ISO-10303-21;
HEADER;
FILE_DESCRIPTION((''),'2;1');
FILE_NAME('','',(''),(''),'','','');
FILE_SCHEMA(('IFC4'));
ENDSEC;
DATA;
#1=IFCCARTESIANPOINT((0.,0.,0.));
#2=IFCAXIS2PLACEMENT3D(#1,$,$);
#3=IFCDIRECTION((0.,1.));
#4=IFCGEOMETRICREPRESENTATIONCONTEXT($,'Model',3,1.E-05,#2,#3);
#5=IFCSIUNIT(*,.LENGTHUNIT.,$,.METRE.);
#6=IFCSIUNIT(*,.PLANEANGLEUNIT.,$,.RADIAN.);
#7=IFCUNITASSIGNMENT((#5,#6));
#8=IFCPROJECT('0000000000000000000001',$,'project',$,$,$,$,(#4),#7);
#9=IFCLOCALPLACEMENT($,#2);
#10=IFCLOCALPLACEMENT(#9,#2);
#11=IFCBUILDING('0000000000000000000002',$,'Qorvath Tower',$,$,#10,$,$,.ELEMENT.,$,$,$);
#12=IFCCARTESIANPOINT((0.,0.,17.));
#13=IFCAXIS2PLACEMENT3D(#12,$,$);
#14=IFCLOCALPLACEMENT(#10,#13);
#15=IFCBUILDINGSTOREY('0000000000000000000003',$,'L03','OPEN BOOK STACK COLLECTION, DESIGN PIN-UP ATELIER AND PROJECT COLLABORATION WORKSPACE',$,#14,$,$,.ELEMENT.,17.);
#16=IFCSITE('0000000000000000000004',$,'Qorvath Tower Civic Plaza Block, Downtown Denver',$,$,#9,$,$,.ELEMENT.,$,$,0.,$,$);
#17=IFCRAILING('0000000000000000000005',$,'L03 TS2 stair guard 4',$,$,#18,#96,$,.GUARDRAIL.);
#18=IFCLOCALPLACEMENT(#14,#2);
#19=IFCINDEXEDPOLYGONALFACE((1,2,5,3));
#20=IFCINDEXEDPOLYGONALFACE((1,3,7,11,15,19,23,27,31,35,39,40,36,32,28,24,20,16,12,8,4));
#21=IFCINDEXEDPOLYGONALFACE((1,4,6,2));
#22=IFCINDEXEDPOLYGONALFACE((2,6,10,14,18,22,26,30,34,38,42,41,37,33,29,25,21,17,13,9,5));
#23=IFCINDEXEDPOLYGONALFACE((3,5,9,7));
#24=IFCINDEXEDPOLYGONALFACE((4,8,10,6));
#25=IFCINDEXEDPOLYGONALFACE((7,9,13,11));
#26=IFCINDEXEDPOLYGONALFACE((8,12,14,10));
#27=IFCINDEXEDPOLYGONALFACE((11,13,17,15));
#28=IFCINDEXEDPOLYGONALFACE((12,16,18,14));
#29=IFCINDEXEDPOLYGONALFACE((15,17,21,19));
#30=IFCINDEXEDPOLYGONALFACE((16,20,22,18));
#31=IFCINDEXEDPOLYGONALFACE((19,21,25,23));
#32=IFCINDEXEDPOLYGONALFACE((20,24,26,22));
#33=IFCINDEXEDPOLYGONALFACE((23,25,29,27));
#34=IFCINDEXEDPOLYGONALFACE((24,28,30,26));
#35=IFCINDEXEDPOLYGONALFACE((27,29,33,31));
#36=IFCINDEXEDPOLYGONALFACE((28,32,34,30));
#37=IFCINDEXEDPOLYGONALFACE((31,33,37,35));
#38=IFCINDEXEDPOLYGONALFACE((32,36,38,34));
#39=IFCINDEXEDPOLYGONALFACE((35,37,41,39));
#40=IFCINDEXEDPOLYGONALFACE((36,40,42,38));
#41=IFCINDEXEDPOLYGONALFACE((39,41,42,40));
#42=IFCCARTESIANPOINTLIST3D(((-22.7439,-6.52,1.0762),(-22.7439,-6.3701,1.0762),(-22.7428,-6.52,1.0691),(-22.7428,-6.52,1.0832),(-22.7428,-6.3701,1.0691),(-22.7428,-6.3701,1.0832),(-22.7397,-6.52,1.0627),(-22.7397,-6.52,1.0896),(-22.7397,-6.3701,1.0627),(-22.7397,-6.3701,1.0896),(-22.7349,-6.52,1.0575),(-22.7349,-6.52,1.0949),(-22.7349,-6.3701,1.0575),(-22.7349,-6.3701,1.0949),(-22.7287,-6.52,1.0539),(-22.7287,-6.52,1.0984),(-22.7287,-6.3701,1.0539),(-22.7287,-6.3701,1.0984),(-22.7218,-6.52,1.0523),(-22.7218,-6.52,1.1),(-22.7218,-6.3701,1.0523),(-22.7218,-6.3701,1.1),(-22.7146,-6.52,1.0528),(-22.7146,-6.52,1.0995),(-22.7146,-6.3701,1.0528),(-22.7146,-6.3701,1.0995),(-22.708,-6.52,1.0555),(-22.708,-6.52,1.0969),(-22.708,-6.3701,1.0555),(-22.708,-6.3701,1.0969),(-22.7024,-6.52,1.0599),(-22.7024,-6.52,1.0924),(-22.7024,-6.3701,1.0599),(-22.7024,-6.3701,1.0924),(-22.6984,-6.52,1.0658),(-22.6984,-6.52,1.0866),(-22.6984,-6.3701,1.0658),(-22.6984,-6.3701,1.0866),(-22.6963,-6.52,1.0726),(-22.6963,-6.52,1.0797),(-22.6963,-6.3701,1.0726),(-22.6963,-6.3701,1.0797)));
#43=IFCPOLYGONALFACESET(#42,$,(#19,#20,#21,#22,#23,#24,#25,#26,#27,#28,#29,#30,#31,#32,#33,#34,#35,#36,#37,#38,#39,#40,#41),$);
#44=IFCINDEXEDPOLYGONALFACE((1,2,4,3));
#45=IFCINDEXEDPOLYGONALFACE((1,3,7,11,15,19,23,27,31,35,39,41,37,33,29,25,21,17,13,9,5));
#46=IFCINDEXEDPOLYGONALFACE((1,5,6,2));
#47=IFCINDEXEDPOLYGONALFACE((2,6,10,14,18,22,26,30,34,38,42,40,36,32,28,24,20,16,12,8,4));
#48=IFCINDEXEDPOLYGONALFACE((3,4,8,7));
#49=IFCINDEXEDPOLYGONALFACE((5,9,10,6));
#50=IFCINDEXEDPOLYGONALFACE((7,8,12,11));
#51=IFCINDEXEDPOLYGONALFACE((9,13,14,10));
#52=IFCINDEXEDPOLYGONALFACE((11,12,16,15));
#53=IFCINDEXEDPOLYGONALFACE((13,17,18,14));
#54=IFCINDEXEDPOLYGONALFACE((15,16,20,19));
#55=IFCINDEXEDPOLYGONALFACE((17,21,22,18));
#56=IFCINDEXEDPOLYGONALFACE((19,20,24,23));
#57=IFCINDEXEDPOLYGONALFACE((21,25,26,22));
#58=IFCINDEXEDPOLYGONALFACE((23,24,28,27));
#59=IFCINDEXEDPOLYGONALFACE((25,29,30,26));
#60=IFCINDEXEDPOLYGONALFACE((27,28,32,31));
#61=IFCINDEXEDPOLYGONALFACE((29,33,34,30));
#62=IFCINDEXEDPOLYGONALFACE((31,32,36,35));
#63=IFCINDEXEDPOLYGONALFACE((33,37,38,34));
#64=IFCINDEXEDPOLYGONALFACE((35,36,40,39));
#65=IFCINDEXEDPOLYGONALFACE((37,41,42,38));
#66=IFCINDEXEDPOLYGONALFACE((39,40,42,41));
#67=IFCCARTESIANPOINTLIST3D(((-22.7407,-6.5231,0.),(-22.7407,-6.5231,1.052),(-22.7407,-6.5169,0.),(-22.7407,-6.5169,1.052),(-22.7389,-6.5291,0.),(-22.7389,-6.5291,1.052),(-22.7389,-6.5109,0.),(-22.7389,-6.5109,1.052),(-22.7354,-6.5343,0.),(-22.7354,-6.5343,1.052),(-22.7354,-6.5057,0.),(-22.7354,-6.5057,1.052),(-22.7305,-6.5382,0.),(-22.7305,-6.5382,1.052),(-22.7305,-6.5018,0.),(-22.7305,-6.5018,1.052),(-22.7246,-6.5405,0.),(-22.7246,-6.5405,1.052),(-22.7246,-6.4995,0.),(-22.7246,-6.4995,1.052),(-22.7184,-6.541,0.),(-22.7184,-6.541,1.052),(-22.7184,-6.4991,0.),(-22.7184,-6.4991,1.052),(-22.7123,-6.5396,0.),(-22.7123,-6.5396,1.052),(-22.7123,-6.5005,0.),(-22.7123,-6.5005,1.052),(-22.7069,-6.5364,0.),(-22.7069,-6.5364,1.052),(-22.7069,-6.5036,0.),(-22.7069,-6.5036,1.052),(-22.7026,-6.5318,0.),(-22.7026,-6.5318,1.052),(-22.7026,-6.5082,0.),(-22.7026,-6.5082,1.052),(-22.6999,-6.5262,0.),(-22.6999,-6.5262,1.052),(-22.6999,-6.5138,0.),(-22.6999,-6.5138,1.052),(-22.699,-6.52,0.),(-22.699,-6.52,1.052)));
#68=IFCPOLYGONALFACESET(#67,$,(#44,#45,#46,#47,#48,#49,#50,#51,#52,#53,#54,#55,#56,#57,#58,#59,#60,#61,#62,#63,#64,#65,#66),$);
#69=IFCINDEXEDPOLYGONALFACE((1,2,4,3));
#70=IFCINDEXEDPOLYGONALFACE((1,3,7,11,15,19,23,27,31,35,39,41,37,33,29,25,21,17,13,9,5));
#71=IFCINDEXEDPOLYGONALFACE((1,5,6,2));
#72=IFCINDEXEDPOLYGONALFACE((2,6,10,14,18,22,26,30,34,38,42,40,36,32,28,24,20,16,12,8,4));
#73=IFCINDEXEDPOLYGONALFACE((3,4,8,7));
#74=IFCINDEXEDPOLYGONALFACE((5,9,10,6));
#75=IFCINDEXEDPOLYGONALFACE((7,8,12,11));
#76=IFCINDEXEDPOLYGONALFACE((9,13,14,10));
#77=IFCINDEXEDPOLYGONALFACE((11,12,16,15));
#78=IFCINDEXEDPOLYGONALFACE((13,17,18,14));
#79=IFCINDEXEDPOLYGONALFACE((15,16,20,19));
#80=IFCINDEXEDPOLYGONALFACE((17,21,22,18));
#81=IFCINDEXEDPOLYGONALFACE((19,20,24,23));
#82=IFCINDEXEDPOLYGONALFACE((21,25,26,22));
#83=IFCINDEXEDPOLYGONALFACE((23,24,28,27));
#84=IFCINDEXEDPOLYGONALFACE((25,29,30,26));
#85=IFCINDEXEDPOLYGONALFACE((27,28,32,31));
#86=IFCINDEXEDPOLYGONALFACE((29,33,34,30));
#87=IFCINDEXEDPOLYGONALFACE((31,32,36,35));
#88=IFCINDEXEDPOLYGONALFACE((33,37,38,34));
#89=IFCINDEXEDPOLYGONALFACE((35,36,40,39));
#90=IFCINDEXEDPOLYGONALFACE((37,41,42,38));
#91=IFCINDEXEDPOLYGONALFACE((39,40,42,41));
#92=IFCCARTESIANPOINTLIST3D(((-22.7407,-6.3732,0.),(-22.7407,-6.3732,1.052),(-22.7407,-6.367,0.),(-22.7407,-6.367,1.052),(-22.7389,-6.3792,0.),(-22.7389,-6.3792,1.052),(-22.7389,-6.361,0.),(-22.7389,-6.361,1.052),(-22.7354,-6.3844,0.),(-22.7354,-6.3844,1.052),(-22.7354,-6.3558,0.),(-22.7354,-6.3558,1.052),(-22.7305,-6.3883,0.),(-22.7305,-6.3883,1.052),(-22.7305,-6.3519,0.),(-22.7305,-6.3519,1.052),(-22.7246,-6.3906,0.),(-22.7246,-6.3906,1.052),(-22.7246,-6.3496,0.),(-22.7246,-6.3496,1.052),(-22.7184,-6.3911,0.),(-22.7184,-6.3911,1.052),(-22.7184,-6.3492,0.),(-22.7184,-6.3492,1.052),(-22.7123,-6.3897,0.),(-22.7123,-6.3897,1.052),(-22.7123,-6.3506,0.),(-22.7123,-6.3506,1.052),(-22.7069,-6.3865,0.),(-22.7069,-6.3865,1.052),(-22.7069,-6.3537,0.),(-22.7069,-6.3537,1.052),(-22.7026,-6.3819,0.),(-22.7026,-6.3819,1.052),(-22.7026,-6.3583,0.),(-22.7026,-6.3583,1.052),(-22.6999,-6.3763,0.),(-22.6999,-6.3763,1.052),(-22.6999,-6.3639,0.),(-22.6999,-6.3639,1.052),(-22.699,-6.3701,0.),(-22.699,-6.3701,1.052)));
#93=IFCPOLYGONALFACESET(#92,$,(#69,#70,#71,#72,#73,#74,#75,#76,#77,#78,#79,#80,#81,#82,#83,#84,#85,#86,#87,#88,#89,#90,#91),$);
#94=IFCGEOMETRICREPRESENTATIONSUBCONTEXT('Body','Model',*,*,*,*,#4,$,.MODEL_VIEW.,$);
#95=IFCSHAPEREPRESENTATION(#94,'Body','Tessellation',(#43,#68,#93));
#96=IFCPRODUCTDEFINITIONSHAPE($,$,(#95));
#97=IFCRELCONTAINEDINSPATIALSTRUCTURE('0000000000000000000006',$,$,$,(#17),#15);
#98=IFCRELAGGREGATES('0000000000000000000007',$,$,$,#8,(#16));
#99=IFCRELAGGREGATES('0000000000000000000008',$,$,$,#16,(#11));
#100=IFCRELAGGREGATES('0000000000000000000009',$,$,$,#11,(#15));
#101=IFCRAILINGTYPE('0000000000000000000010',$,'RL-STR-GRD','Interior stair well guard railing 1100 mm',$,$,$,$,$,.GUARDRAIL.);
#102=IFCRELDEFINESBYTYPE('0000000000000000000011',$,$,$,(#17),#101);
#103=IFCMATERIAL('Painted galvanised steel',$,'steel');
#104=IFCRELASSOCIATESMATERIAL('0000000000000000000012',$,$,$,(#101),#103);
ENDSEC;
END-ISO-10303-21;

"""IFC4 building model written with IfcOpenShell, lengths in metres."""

from ifc_helpers import new_model, si_unit, direction, frame, origin, origin_2d, place, context, subcontext, project, spatial, circle, extrude, material, type_object, element, save


model = new_model("IFC4")

# Units and contexts
model_context = context("Model", 3, precision=1e-05, world=origin(), true_north=direction((0.0, 1.0)))
body_context = subcontext(model_context, "Body", "Model", "MODEL_VIEW")
ifc_project = project(units=[si_unit("LENGTHUNIT", "METRE"), si_unit("PLANEANGLEUNIT", "RADIAN")], contexts=[model_context])

# Site, building, storey
site_placement = place(None, origin())
site = spatial("IfcSite", under=ifc_project, at=site_placement, Name="Qorvath Tower Civic Plaza Block, Downtown Denver", CompositionType="ELEMENT", RefElevation=0.0)
building_placement = place(site_placement, origin())
building = spatial("IfcBuilding", under=site, at=building_placement, Name="Qorvath Tower", CompositionType="ELEMENT")
storey_placement = place(building_placement, frame((0.0, 0.0, 17.0)))
storey = spatial("IfcBuildingStorey", under=building, at=storey_placement, Name="L03", Description="OPEN BOOK STACK COLLECTION, DESIGN PIN-UP ATELIER AND PROJECT COLLABORATION WORKSPACE", CompositionType="ELEMENT", Elevation=17.0)

# Railing
ifc_material_1 = material(Name="Painted galvanised steel", Category="steel")
railing_type_1 = type_object("IfcRailingType", Name="RL-STR-GRD", Description="Interior stair well guard railing 1100 mm", PredefinedType="GUARDRAIL", material=ifc_material_1)
railing_1_placement = place(storey_placement, frame((-22.72, -6.52, 0.0)))
element("IfcRailing", 1, at=railing_1_placement, inside=storey, type_object=railing_type_1, Name="L03 TS2 stair guard 4", PredefinedType="GUARDRAIL", context=body_context, shape_type="SweptSolid", body=[
    extrude(circle(Radius=0.0239, at=origin_2d()), frame((0.0, 0.0, 1.0762), z_axis=(0.0, 1.0, 0.0), x_axis=(-1.0, 0.0, 0.0)), (0.0, 0.0, 1.0), 0.1499),
    extrude(circle(Radius=0.021, at=origin_2d()), origin(), (0.0, 0.0, 1.0), 1.052),
    extrude(circle(Radius=0.021, at=origin_2d()), frame((0.0, 0.1499, 0.0)), (0.0, 0.0, 1.0), 1.052),
])

save(model, "model.ifc")
